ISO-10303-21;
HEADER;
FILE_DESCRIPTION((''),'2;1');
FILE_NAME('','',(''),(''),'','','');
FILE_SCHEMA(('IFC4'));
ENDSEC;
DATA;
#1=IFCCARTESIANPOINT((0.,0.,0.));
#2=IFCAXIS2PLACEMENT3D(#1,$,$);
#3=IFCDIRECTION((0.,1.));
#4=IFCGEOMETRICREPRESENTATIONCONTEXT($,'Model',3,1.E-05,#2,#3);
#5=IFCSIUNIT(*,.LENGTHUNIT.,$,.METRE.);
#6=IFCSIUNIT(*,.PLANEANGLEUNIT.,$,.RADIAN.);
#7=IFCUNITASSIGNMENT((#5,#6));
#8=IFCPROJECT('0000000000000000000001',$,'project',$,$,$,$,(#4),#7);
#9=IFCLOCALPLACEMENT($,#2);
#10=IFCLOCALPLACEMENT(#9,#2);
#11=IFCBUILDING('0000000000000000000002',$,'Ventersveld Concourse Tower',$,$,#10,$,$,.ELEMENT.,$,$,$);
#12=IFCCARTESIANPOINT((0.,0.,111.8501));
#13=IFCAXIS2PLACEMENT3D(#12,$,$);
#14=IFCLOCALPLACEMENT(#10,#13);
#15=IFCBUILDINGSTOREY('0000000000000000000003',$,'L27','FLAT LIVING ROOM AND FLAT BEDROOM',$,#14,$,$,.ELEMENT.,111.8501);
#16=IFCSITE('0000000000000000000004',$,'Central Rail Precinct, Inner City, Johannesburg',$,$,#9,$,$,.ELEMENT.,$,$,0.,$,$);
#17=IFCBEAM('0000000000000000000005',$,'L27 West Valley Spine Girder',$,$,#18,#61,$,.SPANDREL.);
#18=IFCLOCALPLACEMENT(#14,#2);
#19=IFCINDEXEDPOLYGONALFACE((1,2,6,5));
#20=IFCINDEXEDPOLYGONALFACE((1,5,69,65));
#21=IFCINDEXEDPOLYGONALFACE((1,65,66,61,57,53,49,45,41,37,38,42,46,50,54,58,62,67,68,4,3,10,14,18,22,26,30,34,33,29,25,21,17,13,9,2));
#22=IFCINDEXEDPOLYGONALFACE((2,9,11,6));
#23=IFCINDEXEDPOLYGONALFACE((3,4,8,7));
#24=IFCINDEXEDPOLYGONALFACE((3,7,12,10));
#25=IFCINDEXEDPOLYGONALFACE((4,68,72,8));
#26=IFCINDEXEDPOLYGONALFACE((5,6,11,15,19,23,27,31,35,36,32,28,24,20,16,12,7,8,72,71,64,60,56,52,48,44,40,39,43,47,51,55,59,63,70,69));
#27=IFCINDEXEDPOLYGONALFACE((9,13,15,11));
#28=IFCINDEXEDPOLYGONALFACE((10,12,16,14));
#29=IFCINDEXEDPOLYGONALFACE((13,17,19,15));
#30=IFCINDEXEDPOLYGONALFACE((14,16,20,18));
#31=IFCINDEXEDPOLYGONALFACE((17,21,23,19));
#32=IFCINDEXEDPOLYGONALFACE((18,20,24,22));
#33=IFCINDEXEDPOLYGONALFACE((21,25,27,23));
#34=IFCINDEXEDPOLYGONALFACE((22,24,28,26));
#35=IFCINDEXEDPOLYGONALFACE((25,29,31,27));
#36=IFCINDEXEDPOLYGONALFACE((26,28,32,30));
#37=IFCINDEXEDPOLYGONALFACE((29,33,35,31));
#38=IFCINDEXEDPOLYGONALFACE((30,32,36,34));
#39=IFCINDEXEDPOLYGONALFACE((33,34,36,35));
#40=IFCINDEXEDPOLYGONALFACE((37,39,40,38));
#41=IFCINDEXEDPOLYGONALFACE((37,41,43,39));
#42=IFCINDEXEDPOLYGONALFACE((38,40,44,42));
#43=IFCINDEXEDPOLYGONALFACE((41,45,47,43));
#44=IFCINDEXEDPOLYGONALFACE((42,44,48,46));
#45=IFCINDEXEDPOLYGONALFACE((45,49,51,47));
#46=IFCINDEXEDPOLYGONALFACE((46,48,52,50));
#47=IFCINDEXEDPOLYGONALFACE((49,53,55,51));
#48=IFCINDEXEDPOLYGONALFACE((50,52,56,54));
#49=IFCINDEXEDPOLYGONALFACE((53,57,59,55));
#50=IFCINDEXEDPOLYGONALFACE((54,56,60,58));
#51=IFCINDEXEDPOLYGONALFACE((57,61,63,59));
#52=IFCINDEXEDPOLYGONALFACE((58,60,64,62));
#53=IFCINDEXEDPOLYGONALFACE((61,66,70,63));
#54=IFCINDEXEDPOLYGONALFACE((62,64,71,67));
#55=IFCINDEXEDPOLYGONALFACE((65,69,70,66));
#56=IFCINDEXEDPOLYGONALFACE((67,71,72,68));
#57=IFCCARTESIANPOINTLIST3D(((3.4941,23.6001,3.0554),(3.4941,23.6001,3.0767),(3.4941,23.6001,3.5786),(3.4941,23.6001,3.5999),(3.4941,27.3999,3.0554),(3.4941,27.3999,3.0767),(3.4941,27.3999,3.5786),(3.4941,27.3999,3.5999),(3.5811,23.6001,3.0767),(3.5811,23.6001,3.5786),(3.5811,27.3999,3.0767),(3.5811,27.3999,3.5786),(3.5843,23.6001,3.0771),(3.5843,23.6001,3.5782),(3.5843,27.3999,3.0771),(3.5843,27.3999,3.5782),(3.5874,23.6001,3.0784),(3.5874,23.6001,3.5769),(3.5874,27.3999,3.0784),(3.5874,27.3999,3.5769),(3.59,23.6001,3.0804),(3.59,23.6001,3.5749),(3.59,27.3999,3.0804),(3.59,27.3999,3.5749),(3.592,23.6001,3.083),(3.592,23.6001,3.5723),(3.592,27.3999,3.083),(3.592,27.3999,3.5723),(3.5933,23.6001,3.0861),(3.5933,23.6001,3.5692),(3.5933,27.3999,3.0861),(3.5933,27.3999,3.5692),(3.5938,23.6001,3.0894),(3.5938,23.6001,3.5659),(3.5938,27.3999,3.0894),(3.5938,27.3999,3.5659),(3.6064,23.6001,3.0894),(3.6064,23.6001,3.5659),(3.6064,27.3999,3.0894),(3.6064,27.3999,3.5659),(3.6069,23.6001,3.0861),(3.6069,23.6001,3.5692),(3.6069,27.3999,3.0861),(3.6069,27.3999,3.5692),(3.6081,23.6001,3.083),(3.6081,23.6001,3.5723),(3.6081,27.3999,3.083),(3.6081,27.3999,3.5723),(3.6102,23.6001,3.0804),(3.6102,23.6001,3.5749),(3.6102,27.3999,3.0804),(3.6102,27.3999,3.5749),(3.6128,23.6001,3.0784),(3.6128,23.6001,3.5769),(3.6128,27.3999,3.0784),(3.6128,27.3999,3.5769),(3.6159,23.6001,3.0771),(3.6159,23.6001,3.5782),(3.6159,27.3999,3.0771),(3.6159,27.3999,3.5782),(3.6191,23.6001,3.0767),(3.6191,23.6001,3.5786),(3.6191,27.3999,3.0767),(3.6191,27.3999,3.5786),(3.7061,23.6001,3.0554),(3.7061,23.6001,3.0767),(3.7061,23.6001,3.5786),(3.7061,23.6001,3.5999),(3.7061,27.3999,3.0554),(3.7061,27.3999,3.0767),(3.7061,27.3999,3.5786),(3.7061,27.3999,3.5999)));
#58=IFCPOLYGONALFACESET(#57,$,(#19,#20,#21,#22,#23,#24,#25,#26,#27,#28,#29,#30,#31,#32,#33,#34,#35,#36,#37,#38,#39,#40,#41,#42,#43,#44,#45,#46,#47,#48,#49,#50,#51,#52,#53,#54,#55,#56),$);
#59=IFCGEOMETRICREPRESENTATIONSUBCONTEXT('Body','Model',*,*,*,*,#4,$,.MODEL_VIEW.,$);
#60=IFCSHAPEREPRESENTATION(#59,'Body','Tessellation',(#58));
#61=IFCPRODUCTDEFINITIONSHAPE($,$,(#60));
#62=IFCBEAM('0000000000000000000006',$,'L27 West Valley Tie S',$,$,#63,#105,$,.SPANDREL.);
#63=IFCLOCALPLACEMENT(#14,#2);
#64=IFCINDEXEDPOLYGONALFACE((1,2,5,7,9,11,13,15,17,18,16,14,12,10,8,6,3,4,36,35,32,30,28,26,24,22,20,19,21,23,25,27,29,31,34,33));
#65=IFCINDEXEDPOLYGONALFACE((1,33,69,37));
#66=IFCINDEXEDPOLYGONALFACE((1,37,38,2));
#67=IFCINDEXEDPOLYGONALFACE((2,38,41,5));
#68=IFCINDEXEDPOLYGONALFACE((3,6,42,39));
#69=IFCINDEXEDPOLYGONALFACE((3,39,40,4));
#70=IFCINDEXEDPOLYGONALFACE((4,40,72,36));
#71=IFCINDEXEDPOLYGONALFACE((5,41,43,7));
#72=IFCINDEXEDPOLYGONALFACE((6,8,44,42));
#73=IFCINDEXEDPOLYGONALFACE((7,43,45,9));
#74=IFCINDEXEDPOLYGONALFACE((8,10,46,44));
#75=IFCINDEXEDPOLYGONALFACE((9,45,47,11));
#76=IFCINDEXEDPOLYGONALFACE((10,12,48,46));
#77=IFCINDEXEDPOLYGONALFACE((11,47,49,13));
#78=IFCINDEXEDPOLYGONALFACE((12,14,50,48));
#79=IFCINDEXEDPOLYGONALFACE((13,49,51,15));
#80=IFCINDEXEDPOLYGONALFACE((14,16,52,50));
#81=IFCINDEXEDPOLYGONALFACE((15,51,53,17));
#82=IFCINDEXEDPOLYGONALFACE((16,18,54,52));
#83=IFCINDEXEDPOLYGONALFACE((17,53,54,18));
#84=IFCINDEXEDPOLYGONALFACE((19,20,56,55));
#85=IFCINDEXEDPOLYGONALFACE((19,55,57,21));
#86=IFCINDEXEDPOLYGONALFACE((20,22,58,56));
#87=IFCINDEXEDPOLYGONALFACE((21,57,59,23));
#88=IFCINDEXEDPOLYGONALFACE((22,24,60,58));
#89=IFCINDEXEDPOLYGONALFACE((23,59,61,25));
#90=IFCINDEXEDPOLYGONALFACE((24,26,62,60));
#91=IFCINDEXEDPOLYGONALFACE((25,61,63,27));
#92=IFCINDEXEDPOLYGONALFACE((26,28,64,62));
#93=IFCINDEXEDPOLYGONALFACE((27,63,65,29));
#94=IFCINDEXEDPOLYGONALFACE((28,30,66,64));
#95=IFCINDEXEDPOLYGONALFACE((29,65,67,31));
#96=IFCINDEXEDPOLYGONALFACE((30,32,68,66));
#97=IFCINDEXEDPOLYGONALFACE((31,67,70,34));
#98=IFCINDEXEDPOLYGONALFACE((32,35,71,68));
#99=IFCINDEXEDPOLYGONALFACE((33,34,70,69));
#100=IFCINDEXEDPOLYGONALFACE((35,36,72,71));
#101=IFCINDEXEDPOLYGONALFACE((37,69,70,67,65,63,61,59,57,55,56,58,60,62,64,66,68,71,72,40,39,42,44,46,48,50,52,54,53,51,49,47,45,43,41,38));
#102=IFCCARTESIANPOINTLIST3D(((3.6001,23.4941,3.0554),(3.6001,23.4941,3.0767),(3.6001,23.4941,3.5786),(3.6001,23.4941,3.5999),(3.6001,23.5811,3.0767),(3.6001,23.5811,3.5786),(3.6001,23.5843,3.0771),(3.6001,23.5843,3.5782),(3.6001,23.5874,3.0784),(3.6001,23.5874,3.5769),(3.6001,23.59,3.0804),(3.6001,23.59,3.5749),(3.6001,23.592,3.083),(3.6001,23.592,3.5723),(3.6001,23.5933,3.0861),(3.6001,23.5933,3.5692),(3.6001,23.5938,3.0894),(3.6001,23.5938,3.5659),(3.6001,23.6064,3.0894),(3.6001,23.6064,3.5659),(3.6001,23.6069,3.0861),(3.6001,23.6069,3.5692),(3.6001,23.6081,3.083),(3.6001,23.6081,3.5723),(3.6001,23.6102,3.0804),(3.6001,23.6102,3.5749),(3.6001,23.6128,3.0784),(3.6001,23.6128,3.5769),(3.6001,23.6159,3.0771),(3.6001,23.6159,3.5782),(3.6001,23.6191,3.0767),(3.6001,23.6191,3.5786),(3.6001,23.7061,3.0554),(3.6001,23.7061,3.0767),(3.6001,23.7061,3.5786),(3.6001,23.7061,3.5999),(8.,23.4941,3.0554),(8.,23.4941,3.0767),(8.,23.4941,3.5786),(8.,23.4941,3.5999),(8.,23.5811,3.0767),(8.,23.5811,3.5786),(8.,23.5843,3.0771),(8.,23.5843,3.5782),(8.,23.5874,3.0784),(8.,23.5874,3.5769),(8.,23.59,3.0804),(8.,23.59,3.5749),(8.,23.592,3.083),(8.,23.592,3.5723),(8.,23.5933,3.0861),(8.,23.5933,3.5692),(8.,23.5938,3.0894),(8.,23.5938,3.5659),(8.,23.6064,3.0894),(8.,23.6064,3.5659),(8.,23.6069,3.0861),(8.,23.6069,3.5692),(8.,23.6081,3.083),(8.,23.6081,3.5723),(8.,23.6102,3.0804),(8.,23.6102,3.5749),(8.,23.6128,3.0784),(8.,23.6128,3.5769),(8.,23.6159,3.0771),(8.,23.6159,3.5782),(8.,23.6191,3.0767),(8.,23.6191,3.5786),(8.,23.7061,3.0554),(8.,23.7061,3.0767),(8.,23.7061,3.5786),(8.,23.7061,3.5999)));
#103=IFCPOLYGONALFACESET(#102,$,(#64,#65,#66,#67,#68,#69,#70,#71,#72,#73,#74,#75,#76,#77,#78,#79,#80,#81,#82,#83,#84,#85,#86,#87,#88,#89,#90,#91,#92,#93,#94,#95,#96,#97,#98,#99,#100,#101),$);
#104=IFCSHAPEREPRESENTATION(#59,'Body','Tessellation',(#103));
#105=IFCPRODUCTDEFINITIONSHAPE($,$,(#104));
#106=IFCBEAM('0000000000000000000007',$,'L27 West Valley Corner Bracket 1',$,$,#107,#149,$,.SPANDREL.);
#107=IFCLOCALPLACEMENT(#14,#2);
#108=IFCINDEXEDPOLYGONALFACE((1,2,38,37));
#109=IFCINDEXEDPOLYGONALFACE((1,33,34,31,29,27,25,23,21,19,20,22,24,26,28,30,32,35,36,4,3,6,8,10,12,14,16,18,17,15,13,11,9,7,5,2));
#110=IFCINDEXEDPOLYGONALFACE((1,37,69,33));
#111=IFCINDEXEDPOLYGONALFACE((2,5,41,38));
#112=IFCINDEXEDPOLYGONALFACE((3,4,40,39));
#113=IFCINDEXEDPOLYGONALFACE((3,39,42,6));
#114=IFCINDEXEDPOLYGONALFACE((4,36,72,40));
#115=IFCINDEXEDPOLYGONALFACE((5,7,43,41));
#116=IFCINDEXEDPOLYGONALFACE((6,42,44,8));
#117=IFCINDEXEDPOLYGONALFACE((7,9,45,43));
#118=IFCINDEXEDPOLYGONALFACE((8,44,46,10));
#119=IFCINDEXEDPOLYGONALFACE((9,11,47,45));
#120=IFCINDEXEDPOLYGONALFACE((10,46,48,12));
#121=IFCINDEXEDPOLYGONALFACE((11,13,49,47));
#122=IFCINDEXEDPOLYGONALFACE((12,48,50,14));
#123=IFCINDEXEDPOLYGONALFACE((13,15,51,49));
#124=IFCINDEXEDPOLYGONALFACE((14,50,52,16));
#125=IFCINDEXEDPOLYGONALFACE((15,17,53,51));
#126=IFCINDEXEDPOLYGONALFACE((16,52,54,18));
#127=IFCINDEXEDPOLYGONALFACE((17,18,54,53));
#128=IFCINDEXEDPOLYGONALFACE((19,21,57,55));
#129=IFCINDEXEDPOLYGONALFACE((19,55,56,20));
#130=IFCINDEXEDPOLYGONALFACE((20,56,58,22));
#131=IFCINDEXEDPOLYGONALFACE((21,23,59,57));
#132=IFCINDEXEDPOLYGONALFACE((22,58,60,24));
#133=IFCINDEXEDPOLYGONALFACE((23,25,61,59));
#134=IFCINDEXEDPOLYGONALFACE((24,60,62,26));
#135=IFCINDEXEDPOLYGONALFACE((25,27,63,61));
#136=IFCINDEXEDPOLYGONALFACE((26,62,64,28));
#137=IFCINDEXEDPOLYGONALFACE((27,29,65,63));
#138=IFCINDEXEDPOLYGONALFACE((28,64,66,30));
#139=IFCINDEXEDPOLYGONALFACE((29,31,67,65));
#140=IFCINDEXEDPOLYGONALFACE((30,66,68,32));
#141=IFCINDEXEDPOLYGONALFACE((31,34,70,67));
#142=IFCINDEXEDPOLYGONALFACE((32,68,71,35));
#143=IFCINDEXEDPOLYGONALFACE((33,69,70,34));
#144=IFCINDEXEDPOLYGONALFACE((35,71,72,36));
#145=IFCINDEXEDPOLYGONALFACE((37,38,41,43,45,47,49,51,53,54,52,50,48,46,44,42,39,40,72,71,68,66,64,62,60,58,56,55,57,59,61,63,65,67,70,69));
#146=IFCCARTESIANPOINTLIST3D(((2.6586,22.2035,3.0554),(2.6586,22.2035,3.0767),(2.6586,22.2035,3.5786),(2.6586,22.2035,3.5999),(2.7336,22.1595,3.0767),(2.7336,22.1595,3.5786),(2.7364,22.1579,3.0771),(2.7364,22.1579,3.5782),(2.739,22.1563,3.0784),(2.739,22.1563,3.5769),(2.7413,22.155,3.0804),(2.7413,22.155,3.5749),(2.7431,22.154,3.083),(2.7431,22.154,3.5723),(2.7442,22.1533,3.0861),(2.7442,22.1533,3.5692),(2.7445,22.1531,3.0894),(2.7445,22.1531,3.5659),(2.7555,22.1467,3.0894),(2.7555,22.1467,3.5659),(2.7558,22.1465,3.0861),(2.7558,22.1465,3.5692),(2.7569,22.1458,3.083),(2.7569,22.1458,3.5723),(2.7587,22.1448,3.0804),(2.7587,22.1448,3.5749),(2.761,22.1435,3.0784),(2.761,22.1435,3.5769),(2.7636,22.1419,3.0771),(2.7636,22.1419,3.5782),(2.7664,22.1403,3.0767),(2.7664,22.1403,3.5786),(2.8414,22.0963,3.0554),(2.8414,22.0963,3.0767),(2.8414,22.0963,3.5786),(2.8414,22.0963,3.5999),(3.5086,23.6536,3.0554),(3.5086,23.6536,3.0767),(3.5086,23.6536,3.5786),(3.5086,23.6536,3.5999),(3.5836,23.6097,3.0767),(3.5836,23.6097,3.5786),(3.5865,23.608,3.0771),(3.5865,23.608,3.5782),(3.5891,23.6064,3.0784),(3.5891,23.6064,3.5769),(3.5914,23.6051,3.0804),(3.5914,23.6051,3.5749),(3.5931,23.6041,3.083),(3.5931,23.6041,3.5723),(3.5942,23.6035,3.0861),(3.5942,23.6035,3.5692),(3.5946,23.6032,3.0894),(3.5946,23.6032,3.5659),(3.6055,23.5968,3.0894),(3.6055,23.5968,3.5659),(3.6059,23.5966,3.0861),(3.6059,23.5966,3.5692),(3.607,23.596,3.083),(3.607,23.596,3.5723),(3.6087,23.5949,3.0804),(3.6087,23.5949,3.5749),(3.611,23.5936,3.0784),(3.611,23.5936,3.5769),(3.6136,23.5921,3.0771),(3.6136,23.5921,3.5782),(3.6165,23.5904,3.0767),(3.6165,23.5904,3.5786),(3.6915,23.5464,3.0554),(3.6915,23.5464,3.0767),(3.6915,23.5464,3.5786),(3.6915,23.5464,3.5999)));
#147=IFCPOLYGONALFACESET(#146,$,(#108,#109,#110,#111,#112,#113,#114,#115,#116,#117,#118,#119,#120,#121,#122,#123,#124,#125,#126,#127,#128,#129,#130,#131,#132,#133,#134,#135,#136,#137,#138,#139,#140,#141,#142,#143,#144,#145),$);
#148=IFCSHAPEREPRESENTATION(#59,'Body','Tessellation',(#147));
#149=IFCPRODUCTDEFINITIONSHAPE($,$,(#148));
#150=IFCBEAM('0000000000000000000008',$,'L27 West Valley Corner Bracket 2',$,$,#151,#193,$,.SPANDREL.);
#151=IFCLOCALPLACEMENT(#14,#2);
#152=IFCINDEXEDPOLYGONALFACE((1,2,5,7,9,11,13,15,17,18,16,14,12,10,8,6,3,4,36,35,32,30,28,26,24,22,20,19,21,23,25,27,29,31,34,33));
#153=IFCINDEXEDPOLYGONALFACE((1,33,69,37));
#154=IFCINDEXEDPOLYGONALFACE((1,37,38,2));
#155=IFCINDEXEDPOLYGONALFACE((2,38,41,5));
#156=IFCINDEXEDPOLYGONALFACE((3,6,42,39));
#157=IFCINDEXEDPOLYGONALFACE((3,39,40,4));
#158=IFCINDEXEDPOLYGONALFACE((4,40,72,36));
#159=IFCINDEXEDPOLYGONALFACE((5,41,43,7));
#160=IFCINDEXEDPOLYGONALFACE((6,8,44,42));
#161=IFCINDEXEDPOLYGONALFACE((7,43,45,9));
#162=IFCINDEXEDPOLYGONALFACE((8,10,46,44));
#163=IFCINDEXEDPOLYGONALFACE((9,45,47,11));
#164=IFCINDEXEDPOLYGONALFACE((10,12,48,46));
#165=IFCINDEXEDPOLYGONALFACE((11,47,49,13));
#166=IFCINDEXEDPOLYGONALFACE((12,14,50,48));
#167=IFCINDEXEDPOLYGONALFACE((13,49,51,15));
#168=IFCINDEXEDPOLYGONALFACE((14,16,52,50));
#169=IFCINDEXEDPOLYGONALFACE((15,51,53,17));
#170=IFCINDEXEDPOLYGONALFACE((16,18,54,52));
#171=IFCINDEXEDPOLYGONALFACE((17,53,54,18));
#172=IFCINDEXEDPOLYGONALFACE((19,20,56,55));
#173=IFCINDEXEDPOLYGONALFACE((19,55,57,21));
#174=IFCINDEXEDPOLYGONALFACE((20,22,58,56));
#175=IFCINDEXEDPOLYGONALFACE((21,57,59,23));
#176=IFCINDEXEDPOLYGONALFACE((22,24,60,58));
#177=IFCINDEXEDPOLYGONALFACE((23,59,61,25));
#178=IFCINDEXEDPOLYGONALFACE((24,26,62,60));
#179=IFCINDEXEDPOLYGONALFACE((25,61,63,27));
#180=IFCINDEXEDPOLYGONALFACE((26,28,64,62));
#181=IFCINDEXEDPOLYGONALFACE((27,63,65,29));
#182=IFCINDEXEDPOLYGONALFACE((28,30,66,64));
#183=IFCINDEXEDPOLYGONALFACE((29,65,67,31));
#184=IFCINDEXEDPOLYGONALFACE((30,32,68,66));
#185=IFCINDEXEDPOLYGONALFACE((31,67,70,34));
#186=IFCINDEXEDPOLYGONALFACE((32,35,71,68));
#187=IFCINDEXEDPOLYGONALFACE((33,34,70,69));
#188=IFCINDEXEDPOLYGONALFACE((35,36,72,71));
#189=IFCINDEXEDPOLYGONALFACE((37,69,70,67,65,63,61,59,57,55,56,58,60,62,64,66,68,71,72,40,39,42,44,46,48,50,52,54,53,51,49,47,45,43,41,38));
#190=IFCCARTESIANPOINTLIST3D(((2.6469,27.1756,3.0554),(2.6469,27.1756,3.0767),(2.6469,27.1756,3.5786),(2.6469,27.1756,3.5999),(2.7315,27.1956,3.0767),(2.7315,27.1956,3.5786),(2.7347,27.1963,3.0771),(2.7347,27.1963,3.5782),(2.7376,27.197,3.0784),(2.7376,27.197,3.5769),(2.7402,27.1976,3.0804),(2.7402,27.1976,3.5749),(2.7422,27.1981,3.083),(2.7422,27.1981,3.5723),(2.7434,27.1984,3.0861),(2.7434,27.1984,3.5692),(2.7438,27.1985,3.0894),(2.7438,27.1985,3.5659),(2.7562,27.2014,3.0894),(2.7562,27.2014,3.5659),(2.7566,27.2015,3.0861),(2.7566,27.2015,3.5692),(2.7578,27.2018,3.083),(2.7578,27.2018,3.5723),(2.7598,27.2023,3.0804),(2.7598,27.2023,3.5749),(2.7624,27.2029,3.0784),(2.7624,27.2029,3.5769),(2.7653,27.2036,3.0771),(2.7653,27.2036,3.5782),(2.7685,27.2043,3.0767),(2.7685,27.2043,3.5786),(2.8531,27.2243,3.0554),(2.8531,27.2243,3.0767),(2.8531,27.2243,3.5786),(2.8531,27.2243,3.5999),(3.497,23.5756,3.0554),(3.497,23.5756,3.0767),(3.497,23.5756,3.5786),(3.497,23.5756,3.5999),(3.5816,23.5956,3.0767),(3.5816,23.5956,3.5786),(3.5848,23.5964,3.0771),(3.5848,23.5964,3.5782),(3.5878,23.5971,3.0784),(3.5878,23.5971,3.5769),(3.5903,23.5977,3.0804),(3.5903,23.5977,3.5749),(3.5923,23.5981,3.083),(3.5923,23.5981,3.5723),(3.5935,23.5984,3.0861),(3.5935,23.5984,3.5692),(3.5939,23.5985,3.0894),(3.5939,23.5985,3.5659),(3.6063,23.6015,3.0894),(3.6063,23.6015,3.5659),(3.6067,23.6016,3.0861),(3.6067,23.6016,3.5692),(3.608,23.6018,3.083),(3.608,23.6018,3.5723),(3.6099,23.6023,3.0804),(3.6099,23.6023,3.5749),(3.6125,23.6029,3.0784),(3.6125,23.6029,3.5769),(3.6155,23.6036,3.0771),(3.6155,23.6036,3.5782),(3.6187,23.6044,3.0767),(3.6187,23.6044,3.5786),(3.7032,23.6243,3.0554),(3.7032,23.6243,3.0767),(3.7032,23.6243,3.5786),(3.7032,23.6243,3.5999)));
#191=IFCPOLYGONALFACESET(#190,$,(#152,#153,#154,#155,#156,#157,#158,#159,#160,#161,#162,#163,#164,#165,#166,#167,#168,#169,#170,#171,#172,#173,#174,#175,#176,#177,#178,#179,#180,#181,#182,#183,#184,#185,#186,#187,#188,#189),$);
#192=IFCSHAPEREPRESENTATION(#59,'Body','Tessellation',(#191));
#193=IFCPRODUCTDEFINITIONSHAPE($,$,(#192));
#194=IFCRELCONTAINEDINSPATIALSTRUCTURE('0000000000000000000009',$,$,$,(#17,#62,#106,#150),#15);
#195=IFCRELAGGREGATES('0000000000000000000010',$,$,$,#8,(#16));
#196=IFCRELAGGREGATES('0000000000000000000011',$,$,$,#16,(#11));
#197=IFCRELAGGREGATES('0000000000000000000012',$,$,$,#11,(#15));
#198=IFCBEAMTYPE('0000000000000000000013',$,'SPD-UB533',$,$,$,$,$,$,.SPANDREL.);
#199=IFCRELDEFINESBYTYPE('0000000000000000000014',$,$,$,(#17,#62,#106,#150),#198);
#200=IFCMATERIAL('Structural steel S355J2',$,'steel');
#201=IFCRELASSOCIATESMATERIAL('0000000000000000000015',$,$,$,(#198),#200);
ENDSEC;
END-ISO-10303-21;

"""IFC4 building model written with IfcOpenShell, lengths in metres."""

from ifc_helpers import new_model, si_unit, direction, frame, origin, origin_2d, place, context, subcontext, project, spatial, i_section, extrude, material, material_profile, profile_set, type_object, element, save


model = new_model("IFC4")

# Units and contexts
model_context = context("Model", 3, precision=1e-05, world=origin(), true_north=direction((0.0, 1.0)))
body_context = subcontext(model_context, "Body", "Model", "MODEL_VIEW")
ifc_project = project(units=[si_unit("LENGTHUNIT", "METRE"), si_unit("PLANEANGLEUNIT", "RADIAN")], contexts=[model_context])

# Site, building, storey
site_placement = place(None, origin())
site = spatial("IfcSite", under=ifc_project, at=site_placement, Name="Central Rail Precinct, Inner City, Johannesburg", CompositionType="ELEMENT", RefElevation=0.0)
building_placement = place(site_placement, origin())
building = spatial("IfcBuilding", under=site, at=building_placement, Name="Ventersveld Concourse Tower", CompositionType="ELEMENT")
storey_placement = place(building_placement, frame((0.0, 0.0, 111.8501)))
storey = spatial("IfcBuildingStorey", under=building, at=storey_placement, Name="L27", Description="FLAT LIVING ROOM AND FLAT BEDROOM", CompositionType="ELEMENT", Elevation=111.8501)

# Beams
ifc_material_1 = material(Name="Structural steel S355J2", Category="steel")
ifc_material_profile_1 = material_profile(ifc_material_1, i_section(OverallWidth=0.2119, OverallDepth=0.5444, WebThickness=0.0127, FlangeThickness=0.0212, FilletRadius=0.0127, at=origin_2d()), Name="UB 533x210x122")
ifc_profile_set_1 = profile_set([ifc_material_profile_1], Name="Structural steel S355J2")
beam_type_1 = type_object("IfcBeamType", Name="SPD-UB533", PredefinedType="SPANDREL", material=ifc_profile_set_1)
beam_1_placement = place(storey_placement, frame((3.6001, 23.6001, 3.3276), z_axis=(0.0, 1.0, 0.0), x_axis=(-1.0, 0.0, 0.0)))
element("IfcBeam", 1, at=beam_1_placement, inside=storey, type_object=beam_type_1, Name="L27 West Valley Spine Girder", PredefinedType="SPANDREL", context=body_context, shape_type="SweptSolid", body=[
    extrude(i_section(OverallWidth=0.2119, OverallDepth=0.5444, WebThickness=0.0127, FlangeThickness=0.0212, FilletRadius=0.0127, at=origin_2d()), origin(), (0.0, 0.0, 1.0), 3.7998),
])
beam_2_placement = place(storey_placement, frame((3.6001, 23.6001, 3.3276), z_axis=(1.0, 0.0, 0.0), x_axis=(0.0, 1.0, 0.0)))
element("IfcBeam", 2, at=beam_2_placement, inside=storey, type_object=beam_type_1, Name="L27 West Valley Tie S", PredefinedType="SPANDREL", context=body_context, shape_type="SweptSolid", body=[
    extrude(i_section(OverallWidth=0.2119, OverallDepth=0.5444, WebThickness=0.0127, FlangeThickness=0.0212, FilletRadius=0.0127, at=origin_2d()), origin(), (0.0, 0.0, 1.0), 4.3999),
])
beam_3_placement = place(storey_placement, frame((2.75, 22.1499, 3.3276), z_axis=(0.505712, 0.862702, 0.0), x_axis=(-0.862702, 0.505712, 0.0)))
element("IfcBeam", 3, at=beam_3_placement, inside=storey, type_object=beam_type_1, Name="L27 West Valley Corner Bracket 1", PredefinedType="SPANDREL", context=body_context, shape_type="SweptSolid", body=[
    extrude(i_section(OverallWidth=0.2119, OverallDepth=0.5444, WebThickness=0.0127, FlangeThickness=0.0212, FilletRadius=0.0127, at=origin_2d()), origin(), (0.0, 0.0, 1.0), 1.6809),
])
beam_4_placement = place(storey_placement, frame((2.75, 27.2, 3.3276), z_axis=(0.229827, -0.973232, 0.0), x_axis=(0.973232, 0.229827, 0.0)))
element("IfcBeam", 4, at=beam_4_placement, inside=storey, type_object=beam_type_1, Name="L27 West Valley Corner Bracket 2", PredefinedType="SPANDREL", context=body_context, shape_type="SweptSolid", body=[
    extrude(i_section(OverallWidth=0.2119, OverallDepth=0.5444, WebThickness=0.0127, FlangeThickness=0.0212, FilletRadius=0.0127, at=origin_2d()), origin(), (0.0, 0.0, 1.0), 3.699),
])

save(model, "model.ifc")
